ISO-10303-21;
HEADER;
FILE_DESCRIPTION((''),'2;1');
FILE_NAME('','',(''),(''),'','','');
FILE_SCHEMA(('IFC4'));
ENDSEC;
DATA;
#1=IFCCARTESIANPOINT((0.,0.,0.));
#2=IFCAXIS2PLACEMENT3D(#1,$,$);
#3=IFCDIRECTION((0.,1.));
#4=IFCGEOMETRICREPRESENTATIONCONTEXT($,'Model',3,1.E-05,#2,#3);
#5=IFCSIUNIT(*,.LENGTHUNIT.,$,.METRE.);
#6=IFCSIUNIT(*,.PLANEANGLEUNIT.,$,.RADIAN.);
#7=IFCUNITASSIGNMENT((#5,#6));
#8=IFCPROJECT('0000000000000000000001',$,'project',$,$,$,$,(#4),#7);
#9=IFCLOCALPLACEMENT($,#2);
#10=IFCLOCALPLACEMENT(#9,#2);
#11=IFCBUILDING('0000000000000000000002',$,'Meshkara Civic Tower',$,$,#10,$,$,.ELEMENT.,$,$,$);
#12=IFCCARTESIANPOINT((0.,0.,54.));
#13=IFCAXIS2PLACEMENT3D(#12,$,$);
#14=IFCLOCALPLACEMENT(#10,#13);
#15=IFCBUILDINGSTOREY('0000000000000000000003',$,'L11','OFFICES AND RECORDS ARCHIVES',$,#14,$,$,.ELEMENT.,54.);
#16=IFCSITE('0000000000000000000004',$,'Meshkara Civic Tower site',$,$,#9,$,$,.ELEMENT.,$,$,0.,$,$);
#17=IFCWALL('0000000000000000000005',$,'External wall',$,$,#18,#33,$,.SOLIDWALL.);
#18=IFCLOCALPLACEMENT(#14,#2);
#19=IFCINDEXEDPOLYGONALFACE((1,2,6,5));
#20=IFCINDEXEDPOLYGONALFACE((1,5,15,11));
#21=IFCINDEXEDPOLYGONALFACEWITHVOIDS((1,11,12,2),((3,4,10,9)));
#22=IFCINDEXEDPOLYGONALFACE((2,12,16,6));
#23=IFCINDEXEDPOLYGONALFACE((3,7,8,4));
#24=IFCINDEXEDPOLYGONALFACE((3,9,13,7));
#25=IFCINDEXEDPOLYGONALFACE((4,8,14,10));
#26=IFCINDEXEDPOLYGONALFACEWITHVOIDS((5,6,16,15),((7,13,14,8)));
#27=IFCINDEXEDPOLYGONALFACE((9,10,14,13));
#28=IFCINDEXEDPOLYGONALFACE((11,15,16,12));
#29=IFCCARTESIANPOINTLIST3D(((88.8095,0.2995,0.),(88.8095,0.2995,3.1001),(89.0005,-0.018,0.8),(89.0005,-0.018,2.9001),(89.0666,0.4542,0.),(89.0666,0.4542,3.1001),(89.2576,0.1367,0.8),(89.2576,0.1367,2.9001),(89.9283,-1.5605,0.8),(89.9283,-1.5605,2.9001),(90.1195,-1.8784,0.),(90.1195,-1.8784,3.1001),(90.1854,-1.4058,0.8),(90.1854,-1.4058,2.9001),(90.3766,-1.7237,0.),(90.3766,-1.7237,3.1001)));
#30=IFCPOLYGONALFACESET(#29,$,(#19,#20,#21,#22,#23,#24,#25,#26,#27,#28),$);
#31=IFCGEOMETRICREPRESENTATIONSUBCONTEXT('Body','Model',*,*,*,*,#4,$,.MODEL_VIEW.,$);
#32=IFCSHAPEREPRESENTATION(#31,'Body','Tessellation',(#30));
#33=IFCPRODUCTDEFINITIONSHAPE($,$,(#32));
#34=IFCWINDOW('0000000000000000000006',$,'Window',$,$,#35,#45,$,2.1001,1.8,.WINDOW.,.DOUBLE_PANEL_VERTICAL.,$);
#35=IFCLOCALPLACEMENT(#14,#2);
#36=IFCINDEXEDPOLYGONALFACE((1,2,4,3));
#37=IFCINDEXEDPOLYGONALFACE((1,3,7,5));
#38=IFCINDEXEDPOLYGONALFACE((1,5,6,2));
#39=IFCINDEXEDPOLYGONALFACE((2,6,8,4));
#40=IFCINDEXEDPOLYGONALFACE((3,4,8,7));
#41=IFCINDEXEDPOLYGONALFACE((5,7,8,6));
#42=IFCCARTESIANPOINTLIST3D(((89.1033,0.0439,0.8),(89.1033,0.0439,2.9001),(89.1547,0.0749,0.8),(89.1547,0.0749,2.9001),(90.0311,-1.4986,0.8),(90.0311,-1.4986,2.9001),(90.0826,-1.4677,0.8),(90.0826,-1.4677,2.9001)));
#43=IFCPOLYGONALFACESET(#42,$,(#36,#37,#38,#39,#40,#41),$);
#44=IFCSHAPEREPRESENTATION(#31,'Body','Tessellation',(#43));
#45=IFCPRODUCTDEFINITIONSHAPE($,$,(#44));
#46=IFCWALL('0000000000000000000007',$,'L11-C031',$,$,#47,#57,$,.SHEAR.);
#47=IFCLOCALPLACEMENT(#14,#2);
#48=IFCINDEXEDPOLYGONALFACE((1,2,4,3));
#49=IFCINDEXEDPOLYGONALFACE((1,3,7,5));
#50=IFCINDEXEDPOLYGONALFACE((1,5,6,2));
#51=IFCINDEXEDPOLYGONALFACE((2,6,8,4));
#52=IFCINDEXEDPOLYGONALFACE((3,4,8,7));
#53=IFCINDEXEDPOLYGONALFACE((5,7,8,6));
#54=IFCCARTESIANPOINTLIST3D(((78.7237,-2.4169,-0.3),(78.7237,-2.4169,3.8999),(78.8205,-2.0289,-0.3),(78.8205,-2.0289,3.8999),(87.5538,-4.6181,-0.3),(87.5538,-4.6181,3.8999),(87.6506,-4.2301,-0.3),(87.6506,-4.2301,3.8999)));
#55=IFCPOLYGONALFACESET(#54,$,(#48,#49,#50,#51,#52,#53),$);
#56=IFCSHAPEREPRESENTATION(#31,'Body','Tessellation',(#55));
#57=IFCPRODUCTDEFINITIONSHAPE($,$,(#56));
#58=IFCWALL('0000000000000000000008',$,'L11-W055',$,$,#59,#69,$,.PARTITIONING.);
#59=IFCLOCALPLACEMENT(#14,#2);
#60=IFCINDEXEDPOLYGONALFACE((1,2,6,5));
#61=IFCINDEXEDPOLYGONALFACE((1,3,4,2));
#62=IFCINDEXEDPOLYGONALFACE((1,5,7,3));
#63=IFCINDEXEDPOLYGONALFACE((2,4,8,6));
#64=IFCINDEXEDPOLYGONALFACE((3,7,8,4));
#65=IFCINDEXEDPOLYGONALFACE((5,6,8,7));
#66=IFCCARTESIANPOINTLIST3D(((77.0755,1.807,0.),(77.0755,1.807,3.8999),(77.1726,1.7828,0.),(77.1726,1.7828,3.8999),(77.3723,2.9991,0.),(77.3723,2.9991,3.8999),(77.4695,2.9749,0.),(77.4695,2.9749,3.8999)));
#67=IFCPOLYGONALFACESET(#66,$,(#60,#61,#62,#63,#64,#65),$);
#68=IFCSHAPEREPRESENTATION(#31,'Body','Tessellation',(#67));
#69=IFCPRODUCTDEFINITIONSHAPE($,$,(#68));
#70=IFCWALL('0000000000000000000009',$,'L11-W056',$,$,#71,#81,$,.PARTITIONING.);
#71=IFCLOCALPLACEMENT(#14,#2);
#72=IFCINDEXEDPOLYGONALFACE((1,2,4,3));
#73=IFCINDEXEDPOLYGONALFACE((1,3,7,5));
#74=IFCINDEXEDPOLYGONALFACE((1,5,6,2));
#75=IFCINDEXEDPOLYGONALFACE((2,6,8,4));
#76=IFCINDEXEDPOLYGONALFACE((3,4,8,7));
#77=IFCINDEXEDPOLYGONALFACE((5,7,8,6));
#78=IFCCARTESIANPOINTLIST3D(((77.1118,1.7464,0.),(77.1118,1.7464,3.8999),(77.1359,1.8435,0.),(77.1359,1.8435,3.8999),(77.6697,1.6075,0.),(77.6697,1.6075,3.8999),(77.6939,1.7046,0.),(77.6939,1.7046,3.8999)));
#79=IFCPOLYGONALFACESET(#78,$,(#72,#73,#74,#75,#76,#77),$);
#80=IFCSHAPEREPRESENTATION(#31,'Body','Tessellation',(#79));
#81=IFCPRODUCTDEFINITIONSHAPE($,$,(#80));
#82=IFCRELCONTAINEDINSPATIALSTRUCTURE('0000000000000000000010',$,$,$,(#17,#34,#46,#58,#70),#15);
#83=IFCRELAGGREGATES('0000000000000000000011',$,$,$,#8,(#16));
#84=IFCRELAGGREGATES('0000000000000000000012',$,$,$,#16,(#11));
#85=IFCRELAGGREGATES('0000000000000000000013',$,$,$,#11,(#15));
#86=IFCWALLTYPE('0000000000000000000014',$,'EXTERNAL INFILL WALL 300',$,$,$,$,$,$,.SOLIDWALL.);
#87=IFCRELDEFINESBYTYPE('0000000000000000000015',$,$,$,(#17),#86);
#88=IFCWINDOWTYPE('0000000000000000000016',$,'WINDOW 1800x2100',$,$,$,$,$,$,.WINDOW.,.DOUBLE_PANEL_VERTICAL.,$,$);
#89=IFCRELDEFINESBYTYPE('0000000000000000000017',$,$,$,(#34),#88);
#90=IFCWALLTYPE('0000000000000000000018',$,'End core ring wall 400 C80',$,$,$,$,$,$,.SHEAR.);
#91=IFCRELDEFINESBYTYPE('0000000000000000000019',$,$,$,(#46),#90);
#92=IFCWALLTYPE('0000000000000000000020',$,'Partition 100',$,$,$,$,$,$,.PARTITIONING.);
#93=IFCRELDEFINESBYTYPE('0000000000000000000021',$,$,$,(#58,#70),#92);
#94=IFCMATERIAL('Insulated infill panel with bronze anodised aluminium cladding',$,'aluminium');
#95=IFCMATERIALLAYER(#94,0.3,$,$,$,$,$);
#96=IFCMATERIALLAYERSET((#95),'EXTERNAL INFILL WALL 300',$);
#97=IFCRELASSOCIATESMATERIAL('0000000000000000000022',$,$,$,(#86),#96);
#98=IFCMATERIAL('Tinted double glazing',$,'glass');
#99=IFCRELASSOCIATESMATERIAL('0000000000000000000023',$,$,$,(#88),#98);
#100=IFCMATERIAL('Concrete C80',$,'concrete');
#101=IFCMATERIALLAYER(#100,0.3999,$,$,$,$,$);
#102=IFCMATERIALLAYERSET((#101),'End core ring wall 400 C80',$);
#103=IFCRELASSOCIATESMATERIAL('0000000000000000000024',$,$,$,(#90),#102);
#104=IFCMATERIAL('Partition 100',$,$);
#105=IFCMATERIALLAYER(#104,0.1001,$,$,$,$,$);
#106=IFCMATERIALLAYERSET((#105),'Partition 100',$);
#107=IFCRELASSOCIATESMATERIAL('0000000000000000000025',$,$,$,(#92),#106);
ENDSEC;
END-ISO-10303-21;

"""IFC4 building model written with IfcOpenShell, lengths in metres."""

from ifc_helpers import new_model, si_unit, direction, frame, frame_2d, origin, place, context, subcontext, project, spatial, rectangle, extrude, material, layer, layer_set, type_object, element, fill, save


model = new_model("IFC4")

# Units and contexts
model_context = context("Model", 3, precision=1e-05, world=origin(), true_north=direction((0.0, 1.0)))
body_context = subcontext(model_context, "Body", "Model", "MODEL_VIEW")
ifc_project = project(units=[si_unit("LENGTHUNIT", "METRE"), si_unit("PLANEANGLEUNIT", "RADIAN")], contexts=[model_context])

# Site, building, storey
site_placement = place(None, origin())
site = spatial("IfcSite", under=ifc_project, at=site_placement, Name="Meshkara Civic Tower site", CompositionType="ELEMENT", RefElevation=0.0)
building_placement = place(site_placement, origin())
building = spatial("IfcBuilding", under=site, at=building_placement, Name="Meshkara Civic Tower", CompositionType="ELEMENT")
storey_placement = place(building_placement, frame((0.0, 0.0, 54.0)))
storey = spatial("IfcBuildingStorey", under=building, at=storey_placement, Name="L11", Description="OFFICES AND RECORDS ARCHIVES", CompositionType="ELEMENT", Elevation=54.0)

# Wall, opening, window
ifc_material_1 = material(Name="Insulated infill panel with bronze anodised aluminium cladding", Category="aluminium")
ifc_layer_1 = layer(ifc_material_1, 0.3)
ifc_layer_set_1 = layer_set([ifc_layer_1], Name="EXTERNAL INFILL WALL 300")
wall_type_1 = type_object("IfcWallType", Name="EXTERNAL INFILL WALL 300", PredefinedType="SOLIDWALL", material=ifc_layer_set_1)
ifc_material_2 = material(Name="Tinted double glazing", Category="glass")
window_type_1 = type_object("IfcWindowType", Name="WINDOW 1800x2100", PartitioningType="DOUBLE_PANEL_VERTICAL", PredefinedType="WINDOW", material=ifc_material_2)
wall_1_placement = place(storey_placement, frame((90.248, -1.801, 0.0), z_axis=(0.0, 0.0, 1.0), x_axis=(-0.515442, 0.856925, 0.0)))
wall_1 = element("IfcWall", 1, at=wall_1_placement, inside=storey, type_object=wall_type_1, Name="External wall", PredefinedType="SOLIDWALL", context=body_context, shape_type="SweptSolid", body=[
    extrude(rectangle(XDim=2.5415, YDim=0.3, at=frame_2d((1.2708, 0.0))), origin(), (0.0, 0.0, 1.0), 3.1001),
])
opening_1_placement = place(wall_1_placement, frame((0.3711, 0.0, 0.8)))
opening_1 = element("IfcOpeningElement", 2, at=opening_1_placement, cuts=wall_1, PredefinedType="OPENING", context=body_context, shape_type="SweptSolid", body=[
    extrude(rectangle(XDim=1.8, YDim=2.1001, at=frame_2d((0.8999, 1.05))), frame((0.0, 0.1599, 0.0), z_axis=(0.0, -1.0, 0.0), x_axis=(1.0, 0.0, 0.0)), (0.0, 0.0, 1.0), 0.3201),
])
window_1_placement = place(opening_1_placement, origin())
window_1 = element("IfcWindow", 3, at=window_1_placement, inside=storey, type_object=window_type_1, Name="Window", OverallHeight=2.1001, OverallWidth=1.8, PartitioningType="DOUBLE_PANEL_VERTICAL", PredefinedType="WINDOW", context=body_context, shape_type="SweptSolid", body=[
    extrude(rectangle(XDim=1.8, YDim=2.1001, at=frame_2d((0.8999, 1.05))), frame((0.0, 0.03, 0.0), z_axis=(0.0, -1.0, 0.0), x_axis=(1.0, 0.0, 0.0)), (0.0, 0.0, 1.0), 0.0601),
])
fill(opening_1, window_1)

# Walls
ifc_material_3 = material(Name="Concrete C80", Category="concrete")
ifc_layer_2 = layer(ifc_material_3, 0.3999)
ifc_layer_set_2 = layer_set([ifc_layer_2], Name="End core ring wall 400 C80")
wall_type_2 = type_object("IfcWallType", Name="End core ring wall 400 C80", PredefinedType="SHEAR", material=ifc_layer_set_2)
wall_2_placement = place(storey_placement, frame((78.772, -2.2229, -0.3), z_axis=(0.0, 0.0, 1.0), x_axis=(0.970306, -0.241879, 0.0)))
element("IfcWall", 4, at=wall_2_placement, inside=storey, type_object=wall_type_2, Name="L11-C031", PredefinedType="SHEAR", context=body_context, shape_type="SweptSolid", body=[
    extrude(rectangle(XDim=9.1003, YDim=0.3999, at=frame_2d((4.5503, 0.0))), origin(), (0.0, 0.0, 1.0), 4.2),
])
ifc_material_4 = material(Name="Partition 100")
ifc_layer_3 = layer(ifc_material_4, 0.1001)
ifc_layer_set_3 = layer_set([ifc_layer_3], Name="Partition 100")
wall_type_3 = type_object("IfcWallType", Name="Partition 100", PredefinedType="PARTITIONING", material=ifc_layer_set_3)
wall_3_placement = place(storey_placement, frame((77.124, 1.7949, 0.0), z_axis=(0.0, 0.0, 1.0), x_axis=(0.241647, 0.970364, 0.0)))
element("IfcWall", 5, at=wall_3_placement, inside=storey, type_object=wall_type_3, Name="L11-W055", PredefinedType="PARTITIONING", context=body_context, shape_type="SweptSolid", body=[
    extrude(rectangle(XDim=1.2285, YDim=0.1001, at=frame_2d((0.6143, 0.0))), origin(), (0.0, 0.0, 1.0), 3.8999),
])
wall_4_placement = place(storey_placement, frame((77.6819, 1.656, 0.0), z_axis=(0.0, 0.0, 1.0), x_axis=(-0.970367, 0.241636, 0.0)))
element("IfcWall", 6, at=wall_4_placement, inside=storey, type_object=wall_type_3, Name="L11-W056", PredefinedType="PARTITIONING", context=body_context, shape_type="SweptSolid", body=[
    extrude(rectangle(XDim=0.575, YDim=0.1001, at=frame_2d((0.2876, 0.0))), origin(), (0.0, 0.0, 1.0), 3.8999),
])

save(model, "model.ifc")
